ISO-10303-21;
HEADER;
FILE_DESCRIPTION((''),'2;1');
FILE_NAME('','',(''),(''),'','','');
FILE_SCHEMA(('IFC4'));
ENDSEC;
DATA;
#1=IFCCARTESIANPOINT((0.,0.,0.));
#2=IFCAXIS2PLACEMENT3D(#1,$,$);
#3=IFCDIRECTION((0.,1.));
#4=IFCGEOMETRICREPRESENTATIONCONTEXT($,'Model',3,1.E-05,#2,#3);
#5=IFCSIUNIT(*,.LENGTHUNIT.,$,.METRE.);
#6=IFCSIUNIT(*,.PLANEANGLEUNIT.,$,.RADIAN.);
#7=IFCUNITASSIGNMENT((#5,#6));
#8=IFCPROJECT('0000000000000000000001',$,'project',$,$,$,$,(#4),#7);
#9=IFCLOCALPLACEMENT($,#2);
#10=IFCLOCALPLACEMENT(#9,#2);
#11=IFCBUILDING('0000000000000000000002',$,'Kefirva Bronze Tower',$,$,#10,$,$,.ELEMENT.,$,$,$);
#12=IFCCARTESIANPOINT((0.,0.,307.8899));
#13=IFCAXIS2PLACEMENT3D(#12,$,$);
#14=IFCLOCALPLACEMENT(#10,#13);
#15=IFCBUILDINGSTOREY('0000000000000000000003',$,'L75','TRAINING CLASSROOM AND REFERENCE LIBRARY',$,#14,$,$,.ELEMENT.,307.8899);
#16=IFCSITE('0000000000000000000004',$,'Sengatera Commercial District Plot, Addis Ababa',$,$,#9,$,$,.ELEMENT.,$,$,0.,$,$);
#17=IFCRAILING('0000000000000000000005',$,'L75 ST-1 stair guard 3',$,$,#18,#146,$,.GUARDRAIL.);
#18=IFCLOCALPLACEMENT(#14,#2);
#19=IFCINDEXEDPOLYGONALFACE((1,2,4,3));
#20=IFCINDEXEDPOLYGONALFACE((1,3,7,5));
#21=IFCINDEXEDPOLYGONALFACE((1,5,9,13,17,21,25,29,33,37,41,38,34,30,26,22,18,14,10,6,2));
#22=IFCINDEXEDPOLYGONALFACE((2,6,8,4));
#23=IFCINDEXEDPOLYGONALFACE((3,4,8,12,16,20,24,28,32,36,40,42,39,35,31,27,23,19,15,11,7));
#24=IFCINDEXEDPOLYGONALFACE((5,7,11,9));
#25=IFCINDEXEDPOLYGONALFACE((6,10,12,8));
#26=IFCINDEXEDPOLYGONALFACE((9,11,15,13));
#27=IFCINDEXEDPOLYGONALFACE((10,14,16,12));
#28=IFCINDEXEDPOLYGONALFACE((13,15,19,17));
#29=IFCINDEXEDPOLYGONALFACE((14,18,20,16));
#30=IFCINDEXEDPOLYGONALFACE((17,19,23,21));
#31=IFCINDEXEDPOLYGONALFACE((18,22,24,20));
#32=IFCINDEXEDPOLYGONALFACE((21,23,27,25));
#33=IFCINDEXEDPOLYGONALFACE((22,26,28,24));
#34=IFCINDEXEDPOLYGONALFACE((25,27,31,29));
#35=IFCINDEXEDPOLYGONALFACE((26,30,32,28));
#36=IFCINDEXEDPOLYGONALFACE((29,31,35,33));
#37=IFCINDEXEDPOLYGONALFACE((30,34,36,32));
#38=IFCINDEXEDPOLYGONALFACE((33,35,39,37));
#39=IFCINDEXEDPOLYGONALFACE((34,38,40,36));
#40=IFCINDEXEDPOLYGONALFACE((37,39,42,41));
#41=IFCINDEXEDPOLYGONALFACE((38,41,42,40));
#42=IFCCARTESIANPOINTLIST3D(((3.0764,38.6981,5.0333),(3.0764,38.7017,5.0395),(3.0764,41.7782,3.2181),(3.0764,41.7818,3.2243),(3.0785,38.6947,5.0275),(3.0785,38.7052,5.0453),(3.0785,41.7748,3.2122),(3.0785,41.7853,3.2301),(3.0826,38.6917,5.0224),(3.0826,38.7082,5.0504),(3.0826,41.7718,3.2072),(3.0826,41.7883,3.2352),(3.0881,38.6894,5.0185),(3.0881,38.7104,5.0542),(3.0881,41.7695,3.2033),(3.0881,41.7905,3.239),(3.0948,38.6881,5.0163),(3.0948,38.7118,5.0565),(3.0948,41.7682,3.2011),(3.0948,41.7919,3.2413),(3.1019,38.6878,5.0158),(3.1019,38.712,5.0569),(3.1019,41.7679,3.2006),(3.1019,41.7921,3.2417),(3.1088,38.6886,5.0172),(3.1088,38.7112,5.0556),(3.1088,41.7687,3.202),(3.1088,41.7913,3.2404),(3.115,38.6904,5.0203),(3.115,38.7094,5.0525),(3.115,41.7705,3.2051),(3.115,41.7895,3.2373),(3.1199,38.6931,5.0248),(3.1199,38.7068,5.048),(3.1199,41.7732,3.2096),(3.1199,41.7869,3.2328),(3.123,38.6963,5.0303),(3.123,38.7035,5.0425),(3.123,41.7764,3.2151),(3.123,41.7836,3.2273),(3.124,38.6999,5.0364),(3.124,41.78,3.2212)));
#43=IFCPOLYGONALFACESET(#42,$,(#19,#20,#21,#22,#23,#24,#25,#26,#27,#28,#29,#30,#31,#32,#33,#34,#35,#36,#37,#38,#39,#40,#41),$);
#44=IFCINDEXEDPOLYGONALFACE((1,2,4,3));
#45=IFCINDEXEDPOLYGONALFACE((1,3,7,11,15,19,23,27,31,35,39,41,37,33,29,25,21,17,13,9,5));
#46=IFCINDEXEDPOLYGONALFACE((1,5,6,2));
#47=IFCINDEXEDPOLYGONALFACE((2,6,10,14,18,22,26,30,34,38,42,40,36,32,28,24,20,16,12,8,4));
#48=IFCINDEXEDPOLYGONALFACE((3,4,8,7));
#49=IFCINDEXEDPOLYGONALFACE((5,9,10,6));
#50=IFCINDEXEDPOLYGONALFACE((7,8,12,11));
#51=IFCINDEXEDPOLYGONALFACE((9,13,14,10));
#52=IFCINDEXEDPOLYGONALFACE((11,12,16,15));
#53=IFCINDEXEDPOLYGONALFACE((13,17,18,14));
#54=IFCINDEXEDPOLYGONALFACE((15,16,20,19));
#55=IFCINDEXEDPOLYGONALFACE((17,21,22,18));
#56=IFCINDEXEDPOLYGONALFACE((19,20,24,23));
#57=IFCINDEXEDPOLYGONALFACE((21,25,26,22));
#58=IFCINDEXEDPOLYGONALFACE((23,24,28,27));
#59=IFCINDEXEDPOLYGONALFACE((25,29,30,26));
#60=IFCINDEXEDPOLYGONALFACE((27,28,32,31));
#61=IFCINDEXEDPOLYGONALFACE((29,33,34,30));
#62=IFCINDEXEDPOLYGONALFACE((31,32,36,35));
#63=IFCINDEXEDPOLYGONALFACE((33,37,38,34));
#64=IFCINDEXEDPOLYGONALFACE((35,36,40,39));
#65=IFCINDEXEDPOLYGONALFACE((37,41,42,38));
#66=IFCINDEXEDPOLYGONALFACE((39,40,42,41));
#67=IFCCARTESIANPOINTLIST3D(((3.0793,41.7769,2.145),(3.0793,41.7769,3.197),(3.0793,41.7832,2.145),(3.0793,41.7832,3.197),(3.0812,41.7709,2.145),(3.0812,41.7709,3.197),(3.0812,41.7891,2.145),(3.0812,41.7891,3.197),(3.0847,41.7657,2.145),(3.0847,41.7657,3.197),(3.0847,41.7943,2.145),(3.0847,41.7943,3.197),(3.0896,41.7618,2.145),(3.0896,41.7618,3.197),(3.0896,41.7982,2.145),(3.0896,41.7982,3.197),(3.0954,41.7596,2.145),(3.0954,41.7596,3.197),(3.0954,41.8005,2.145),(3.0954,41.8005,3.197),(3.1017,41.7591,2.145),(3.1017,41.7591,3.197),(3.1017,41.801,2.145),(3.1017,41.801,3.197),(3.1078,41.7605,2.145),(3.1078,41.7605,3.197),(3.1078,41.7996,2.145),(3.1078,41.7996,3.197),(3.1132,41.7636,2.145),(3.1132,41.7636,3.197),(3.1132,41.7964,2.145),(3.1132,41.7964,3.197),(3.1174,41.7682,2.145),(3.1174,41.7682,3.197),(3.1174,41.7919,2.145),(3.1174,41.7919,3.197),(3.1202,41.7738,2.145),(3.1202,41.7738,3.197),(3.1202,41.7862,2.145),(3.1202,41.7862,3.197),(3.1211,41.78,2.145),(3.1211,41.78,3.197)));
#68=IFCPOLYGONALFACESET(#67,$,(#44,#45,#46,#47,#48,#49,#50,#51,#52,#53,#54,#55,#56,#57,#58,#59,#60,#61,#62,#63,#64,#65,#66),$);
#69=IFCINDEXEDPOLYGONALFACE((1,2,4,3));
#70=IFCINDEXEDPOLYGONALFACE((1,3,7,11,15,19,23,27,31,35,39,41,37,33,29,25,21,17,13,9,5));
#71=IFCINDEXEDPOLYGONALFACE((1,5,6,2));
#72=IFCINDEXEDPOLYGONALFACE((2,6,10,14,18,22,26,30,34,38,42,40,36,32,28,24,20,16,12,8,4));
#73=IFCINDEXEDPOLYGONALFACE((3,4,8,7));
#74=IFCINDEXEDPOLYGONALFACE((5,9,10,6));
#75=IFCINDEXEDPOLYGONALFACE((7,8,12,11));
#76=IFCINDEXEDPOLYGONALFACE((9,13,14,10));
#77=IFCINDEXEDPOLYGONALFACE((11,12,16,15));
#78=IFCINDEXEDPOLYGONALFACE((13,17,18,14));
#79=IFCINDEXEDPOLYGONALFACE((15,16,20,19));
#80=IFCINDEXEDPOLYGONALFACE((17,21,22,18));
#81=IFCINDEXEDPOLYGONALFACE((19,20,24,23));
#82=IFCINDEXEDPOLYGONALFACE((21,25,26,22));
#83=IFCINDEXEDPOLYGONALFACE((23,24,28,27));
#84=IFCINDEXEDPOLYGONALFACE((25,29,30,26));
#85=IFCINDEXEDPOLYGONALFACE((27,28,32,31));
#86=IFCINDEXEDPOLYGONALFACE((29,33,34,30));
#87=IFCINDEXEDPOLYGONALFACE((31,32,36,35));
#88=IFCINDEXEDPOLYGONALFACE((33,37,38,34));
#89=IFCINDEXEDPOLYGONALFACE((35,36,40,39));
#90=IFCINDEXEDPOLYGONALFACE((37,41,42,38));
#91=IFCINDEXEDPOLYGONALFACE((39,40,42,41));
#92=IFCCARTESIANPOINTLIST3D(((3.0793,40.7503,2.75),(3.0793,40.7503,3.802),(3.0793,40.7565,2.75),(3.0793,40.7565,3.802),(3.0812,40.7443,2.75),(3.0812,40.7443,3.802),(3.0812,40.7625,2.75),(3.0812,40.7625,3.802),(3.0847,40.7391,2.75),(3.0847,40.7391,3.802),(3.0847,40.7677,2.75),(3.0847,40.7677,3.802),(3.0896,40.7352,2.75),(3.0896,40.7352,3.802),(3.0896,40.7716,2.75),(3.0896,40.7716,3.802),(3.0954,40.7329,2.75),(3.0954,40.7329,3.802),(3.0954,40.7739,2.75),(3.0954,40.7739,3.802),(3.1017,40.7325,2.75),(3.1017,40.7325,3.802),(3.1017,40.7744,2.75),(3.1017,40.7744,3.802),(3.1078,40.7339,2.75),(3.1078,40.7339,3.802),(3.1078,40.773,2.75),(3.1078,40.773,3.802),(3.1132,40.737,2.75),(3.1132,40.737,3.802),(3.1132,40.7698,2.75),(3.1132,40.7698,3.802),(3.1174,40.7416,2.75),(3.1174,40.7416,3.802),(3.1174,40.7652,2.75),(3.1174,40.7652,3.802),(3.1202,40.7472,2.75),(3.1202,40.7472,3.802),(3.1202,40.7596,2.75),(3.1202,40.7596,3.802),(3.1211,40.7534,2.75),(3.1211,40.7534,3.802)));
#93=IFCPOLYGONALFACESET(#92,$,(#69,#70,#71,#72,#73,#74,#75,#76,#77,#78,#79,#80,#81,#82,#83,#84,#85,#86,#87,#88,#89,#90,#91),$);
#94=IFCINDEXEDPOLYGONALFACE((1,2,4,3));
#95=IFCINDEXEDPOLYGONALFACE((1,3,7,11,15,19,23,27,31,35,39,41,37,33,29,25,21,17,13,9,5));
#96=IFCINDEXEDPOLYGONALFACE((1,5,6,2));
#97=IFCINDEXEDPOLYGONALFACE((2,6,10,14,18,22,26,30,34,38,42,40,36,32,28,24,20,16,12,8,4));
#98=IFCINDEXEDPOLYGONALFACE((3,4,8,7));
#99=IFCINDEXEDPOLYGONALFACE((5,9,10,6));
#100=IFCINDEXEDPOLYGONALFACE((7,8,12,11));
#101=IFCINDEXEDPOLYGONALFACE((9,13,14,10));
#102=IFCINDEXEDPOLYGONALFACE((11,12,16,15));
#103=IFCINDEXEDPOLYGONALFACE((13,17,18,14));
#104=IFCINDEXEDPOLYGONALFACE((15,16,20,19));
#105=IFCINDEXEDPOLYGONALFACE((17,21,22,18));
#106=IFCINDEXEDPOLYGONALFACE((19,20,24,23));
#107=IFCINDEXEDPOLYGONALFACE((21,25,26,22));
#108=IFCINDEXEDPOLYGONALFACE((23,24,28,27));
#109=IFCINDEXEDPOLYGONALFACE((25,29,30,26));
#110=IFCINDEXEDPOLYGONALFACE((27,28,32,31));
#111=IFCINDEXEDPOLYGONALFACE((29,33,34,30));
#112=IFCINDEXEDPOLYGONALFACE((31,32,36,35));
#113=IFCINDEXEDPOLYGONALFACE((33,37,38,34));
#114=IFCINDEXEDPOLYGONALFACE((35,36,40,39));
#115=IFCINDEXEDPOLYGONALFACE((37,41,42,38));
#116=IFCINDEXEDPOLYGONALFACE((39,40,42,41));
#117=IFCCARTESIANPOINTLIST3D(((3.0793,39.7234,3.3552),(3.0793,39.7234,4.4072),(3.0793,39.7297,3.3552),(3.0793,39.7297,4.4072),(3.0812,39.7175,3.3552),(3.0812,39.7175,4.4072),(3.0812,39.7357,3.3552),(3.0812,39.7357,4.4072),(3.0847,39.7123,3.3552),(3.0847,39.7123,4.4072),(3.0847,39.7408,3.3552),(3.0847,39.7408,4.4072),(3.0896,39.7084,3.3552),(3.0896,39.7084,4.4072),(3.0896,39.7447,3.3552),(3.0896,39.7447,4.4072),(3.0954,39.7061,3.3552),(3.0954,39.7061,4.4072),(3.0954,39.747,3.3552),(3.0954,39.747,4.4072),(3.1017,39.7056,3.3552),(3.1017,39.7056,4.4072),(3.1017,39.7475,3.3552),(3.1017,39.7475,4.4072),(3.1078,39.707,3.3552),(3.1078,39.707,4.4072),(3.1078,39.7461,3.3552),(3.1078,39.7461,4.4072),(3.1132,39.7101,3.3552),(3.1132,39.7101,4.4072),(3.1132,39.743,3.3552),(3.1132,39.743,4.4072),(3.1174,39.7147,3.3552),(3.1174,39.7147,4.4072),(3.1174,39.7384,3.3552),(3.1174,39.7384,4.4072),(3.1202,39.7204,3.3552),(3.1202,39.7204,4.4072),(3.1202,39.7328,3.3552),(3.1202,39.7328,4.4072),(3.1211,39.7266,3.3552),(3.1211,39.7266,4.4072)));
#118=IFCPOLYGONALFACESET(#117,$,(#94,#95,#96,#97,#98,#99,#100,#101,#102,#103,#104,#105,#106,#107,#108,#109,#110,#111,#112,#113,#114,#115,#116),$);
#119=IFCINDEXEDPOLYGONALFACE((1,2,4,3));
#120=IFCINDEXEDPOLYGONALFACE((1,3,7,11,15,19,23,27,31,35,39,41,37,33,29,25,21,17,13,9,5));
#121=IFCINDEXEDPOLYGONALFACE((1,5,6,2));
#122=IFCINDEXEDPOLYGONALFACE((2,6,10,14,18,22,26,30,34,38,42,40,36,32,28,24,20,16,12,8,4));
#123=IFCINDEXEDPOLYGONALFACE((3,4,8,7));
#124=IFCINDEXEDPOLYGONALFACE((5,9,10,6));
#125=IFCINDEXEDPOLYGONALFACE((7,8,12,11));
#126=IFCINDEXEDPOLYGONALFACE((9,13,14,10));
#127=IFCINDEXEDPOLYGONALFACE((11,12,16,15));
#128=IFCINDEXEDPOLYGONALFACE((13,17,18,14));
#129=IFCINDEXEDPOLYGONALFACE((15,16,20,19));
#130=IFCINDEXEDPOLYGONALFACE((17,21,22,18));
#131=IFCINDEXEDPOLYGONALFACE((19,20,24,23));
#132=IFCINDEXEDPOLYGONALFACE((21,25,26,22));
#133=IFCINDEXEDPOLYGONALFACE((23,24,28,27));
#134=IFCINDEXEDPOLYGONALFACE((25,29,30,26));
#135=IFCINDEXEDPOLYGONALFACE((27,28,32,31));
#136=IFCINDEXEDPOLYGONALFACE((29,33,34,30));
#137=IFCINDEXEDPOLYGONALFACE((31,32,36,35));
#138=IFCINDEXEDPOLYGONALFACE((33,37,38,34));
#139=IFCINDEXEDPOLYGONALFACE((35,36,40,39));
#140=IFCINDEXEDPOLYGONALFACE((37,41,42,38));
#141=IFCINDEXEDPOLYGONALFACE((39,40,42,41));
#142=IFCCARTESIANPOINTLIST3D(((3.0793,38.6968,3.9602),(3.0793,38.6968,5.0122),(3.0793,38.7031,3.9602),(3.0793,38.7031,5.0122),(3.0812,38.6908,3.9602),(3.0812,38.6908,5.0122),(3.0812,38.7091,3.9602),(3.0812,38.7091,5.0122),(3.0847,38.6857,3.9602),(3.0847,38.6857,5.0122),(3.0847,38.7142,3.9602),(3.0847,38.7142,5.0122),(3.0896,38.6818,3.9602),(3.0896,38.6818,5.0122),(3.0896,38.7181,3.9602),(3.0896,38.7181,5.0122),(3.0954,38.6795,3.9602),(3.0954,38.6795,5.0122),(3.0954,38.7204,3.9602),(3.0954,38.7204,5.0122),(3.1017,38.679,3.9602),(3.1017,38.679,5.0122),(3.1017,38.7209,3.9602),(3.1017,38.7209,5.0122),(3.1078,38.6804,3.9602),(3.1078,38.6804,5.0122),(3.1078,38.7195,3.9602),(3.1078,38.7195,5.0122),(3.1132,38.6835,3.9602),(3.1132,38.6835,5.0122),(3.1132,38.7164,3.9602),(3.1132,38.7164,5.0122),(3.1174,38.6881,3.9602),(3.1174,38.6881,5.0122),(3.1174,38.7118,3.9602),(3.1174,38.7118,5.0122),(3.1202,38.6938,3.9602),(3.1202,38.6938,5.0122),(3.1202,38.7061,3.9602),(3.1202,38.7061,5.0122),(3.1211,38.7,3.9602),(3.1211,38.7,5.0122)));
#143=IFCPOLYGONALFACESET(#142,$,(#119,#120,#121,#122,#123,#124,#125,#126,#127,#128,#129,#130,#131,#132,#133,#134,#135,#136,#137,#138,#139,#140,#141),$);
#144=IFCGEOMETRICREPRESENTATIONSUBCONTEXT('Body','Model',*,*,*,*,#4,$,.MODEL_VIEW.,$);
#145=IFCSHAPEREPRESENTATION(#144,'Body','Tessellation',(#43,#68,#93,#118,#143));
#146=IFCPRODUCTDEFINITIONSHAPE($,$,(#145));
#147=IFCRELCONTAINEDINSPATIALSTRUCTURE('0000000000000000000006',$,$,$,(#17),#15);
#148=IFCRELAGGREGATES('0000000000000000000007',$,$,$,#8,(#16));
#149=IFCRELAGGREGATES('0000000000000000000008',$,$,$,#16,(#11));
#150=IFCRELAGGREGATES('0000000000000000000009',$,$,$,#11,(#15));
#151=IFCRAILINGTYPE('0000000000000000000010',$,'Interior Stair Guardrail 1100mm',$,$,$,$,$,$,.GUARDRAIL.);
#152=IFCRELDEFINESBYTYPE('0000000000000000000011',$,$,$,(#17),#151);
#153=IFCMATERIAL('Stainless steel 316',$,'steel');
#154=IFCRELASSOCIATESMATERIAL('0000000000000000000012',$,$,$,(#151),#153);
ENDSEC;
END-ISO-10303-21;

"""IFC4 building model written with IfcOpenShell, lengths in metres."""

from ifc_helpers import new_model, si_unit, direction, frame, origin, origin_2d, place, context, subcontext, project, spatial, circle, extrude, material, type_object, element, save


model = new_model("IFC4")

# Units and contexts
model_context = context("Model", 3, precision=1e-05, world=origin(), true_north=direction((0.0, 1.0)))
body_context = subcontext(model_context, "Body", "Model", "MODEL_VIEW")
ifc_project = project(units=[si_unit("LENGTHUNIT", "METRE"), si_unit("PLANEANGLEUNIT", "RADIAN")], contexts=[model_context])

# Site, building, storey
site_placement = place(None, origin())
site = spatial("IfcSite", under=ifc_project, at=site_placement, Name="Sengatera Commercial District Plot, Addis Ababa", CompositionType="ELEMENT", RefElevation=0.0)
building_placement = place(site_placement, origin())
building = spatial("IfcBuilding", under=site, at=building_placement, Name="Kefirva Bronze Tower", CompositionType="ELEMENT")
storey_placement = place(building_placement, frame((0.0, 0.0, 307.8899)))
storey = spatial("IfcBuildingStorey", under=building, at=storey_placement, Name="L75", Description="TRAINING CLASSROOM AND REFERENCE LIBRARY", CompositionType="ELEMENT", Elevation=307.8899)

# Railing
ifc_material_1 = material(Name="Stainless steel 316", Category="steel")
railing_type_1 = type_object("IfcRailingType", Name="Interior Stair Guardrail 1100mm", PredefinedType="GUARDRAIL", material=ifc_material_1)
railing_1_placement = place(storey_placement, frame((3.1001, 41.78, 2.145)))
element("IfcRailing", 1, at=railing_1_placement, inside=storey, type_object=railing_type_1, Name="L75 ST-1 stair guard 3", PredefinedType="GUARDRAIL", context=body_context, shape_type="SweptSolid", body=[
    extrude(circle(Radius=0.0239, at=origin_2d()), frame((0.0, 0.0, 1.0762), z_axis=(0.0, -0.861521, 0.507721), x_axis=(1.0, 0.0, 0.0)), (0.0, 0.0, 1.0), 3.5752),
    extrude(circle(Radius=0.021, at=origin_2d()), origin(), (0.0, 0.0, 1.0), 1.052),
    extrude(circle(Radius=0.021, at=origin_2d()), frame((0.0, -1.0266, 0.605)), (0.0, 0.0, 1.0), 1.052),
    extrude(circle(Radius=0.021, at=origin_2d()), frame((0.0, -2.0535, 1.2102)), (0.0, 0.0, 1.0), 1.052),
    extrude(circle(Radius=0.021, at=origin_2d()), frame((0.0, -3.0801, 1.8152)), (0.0, 0.0, 1.0), 1.052),
])

save(model, "model.ifc")
